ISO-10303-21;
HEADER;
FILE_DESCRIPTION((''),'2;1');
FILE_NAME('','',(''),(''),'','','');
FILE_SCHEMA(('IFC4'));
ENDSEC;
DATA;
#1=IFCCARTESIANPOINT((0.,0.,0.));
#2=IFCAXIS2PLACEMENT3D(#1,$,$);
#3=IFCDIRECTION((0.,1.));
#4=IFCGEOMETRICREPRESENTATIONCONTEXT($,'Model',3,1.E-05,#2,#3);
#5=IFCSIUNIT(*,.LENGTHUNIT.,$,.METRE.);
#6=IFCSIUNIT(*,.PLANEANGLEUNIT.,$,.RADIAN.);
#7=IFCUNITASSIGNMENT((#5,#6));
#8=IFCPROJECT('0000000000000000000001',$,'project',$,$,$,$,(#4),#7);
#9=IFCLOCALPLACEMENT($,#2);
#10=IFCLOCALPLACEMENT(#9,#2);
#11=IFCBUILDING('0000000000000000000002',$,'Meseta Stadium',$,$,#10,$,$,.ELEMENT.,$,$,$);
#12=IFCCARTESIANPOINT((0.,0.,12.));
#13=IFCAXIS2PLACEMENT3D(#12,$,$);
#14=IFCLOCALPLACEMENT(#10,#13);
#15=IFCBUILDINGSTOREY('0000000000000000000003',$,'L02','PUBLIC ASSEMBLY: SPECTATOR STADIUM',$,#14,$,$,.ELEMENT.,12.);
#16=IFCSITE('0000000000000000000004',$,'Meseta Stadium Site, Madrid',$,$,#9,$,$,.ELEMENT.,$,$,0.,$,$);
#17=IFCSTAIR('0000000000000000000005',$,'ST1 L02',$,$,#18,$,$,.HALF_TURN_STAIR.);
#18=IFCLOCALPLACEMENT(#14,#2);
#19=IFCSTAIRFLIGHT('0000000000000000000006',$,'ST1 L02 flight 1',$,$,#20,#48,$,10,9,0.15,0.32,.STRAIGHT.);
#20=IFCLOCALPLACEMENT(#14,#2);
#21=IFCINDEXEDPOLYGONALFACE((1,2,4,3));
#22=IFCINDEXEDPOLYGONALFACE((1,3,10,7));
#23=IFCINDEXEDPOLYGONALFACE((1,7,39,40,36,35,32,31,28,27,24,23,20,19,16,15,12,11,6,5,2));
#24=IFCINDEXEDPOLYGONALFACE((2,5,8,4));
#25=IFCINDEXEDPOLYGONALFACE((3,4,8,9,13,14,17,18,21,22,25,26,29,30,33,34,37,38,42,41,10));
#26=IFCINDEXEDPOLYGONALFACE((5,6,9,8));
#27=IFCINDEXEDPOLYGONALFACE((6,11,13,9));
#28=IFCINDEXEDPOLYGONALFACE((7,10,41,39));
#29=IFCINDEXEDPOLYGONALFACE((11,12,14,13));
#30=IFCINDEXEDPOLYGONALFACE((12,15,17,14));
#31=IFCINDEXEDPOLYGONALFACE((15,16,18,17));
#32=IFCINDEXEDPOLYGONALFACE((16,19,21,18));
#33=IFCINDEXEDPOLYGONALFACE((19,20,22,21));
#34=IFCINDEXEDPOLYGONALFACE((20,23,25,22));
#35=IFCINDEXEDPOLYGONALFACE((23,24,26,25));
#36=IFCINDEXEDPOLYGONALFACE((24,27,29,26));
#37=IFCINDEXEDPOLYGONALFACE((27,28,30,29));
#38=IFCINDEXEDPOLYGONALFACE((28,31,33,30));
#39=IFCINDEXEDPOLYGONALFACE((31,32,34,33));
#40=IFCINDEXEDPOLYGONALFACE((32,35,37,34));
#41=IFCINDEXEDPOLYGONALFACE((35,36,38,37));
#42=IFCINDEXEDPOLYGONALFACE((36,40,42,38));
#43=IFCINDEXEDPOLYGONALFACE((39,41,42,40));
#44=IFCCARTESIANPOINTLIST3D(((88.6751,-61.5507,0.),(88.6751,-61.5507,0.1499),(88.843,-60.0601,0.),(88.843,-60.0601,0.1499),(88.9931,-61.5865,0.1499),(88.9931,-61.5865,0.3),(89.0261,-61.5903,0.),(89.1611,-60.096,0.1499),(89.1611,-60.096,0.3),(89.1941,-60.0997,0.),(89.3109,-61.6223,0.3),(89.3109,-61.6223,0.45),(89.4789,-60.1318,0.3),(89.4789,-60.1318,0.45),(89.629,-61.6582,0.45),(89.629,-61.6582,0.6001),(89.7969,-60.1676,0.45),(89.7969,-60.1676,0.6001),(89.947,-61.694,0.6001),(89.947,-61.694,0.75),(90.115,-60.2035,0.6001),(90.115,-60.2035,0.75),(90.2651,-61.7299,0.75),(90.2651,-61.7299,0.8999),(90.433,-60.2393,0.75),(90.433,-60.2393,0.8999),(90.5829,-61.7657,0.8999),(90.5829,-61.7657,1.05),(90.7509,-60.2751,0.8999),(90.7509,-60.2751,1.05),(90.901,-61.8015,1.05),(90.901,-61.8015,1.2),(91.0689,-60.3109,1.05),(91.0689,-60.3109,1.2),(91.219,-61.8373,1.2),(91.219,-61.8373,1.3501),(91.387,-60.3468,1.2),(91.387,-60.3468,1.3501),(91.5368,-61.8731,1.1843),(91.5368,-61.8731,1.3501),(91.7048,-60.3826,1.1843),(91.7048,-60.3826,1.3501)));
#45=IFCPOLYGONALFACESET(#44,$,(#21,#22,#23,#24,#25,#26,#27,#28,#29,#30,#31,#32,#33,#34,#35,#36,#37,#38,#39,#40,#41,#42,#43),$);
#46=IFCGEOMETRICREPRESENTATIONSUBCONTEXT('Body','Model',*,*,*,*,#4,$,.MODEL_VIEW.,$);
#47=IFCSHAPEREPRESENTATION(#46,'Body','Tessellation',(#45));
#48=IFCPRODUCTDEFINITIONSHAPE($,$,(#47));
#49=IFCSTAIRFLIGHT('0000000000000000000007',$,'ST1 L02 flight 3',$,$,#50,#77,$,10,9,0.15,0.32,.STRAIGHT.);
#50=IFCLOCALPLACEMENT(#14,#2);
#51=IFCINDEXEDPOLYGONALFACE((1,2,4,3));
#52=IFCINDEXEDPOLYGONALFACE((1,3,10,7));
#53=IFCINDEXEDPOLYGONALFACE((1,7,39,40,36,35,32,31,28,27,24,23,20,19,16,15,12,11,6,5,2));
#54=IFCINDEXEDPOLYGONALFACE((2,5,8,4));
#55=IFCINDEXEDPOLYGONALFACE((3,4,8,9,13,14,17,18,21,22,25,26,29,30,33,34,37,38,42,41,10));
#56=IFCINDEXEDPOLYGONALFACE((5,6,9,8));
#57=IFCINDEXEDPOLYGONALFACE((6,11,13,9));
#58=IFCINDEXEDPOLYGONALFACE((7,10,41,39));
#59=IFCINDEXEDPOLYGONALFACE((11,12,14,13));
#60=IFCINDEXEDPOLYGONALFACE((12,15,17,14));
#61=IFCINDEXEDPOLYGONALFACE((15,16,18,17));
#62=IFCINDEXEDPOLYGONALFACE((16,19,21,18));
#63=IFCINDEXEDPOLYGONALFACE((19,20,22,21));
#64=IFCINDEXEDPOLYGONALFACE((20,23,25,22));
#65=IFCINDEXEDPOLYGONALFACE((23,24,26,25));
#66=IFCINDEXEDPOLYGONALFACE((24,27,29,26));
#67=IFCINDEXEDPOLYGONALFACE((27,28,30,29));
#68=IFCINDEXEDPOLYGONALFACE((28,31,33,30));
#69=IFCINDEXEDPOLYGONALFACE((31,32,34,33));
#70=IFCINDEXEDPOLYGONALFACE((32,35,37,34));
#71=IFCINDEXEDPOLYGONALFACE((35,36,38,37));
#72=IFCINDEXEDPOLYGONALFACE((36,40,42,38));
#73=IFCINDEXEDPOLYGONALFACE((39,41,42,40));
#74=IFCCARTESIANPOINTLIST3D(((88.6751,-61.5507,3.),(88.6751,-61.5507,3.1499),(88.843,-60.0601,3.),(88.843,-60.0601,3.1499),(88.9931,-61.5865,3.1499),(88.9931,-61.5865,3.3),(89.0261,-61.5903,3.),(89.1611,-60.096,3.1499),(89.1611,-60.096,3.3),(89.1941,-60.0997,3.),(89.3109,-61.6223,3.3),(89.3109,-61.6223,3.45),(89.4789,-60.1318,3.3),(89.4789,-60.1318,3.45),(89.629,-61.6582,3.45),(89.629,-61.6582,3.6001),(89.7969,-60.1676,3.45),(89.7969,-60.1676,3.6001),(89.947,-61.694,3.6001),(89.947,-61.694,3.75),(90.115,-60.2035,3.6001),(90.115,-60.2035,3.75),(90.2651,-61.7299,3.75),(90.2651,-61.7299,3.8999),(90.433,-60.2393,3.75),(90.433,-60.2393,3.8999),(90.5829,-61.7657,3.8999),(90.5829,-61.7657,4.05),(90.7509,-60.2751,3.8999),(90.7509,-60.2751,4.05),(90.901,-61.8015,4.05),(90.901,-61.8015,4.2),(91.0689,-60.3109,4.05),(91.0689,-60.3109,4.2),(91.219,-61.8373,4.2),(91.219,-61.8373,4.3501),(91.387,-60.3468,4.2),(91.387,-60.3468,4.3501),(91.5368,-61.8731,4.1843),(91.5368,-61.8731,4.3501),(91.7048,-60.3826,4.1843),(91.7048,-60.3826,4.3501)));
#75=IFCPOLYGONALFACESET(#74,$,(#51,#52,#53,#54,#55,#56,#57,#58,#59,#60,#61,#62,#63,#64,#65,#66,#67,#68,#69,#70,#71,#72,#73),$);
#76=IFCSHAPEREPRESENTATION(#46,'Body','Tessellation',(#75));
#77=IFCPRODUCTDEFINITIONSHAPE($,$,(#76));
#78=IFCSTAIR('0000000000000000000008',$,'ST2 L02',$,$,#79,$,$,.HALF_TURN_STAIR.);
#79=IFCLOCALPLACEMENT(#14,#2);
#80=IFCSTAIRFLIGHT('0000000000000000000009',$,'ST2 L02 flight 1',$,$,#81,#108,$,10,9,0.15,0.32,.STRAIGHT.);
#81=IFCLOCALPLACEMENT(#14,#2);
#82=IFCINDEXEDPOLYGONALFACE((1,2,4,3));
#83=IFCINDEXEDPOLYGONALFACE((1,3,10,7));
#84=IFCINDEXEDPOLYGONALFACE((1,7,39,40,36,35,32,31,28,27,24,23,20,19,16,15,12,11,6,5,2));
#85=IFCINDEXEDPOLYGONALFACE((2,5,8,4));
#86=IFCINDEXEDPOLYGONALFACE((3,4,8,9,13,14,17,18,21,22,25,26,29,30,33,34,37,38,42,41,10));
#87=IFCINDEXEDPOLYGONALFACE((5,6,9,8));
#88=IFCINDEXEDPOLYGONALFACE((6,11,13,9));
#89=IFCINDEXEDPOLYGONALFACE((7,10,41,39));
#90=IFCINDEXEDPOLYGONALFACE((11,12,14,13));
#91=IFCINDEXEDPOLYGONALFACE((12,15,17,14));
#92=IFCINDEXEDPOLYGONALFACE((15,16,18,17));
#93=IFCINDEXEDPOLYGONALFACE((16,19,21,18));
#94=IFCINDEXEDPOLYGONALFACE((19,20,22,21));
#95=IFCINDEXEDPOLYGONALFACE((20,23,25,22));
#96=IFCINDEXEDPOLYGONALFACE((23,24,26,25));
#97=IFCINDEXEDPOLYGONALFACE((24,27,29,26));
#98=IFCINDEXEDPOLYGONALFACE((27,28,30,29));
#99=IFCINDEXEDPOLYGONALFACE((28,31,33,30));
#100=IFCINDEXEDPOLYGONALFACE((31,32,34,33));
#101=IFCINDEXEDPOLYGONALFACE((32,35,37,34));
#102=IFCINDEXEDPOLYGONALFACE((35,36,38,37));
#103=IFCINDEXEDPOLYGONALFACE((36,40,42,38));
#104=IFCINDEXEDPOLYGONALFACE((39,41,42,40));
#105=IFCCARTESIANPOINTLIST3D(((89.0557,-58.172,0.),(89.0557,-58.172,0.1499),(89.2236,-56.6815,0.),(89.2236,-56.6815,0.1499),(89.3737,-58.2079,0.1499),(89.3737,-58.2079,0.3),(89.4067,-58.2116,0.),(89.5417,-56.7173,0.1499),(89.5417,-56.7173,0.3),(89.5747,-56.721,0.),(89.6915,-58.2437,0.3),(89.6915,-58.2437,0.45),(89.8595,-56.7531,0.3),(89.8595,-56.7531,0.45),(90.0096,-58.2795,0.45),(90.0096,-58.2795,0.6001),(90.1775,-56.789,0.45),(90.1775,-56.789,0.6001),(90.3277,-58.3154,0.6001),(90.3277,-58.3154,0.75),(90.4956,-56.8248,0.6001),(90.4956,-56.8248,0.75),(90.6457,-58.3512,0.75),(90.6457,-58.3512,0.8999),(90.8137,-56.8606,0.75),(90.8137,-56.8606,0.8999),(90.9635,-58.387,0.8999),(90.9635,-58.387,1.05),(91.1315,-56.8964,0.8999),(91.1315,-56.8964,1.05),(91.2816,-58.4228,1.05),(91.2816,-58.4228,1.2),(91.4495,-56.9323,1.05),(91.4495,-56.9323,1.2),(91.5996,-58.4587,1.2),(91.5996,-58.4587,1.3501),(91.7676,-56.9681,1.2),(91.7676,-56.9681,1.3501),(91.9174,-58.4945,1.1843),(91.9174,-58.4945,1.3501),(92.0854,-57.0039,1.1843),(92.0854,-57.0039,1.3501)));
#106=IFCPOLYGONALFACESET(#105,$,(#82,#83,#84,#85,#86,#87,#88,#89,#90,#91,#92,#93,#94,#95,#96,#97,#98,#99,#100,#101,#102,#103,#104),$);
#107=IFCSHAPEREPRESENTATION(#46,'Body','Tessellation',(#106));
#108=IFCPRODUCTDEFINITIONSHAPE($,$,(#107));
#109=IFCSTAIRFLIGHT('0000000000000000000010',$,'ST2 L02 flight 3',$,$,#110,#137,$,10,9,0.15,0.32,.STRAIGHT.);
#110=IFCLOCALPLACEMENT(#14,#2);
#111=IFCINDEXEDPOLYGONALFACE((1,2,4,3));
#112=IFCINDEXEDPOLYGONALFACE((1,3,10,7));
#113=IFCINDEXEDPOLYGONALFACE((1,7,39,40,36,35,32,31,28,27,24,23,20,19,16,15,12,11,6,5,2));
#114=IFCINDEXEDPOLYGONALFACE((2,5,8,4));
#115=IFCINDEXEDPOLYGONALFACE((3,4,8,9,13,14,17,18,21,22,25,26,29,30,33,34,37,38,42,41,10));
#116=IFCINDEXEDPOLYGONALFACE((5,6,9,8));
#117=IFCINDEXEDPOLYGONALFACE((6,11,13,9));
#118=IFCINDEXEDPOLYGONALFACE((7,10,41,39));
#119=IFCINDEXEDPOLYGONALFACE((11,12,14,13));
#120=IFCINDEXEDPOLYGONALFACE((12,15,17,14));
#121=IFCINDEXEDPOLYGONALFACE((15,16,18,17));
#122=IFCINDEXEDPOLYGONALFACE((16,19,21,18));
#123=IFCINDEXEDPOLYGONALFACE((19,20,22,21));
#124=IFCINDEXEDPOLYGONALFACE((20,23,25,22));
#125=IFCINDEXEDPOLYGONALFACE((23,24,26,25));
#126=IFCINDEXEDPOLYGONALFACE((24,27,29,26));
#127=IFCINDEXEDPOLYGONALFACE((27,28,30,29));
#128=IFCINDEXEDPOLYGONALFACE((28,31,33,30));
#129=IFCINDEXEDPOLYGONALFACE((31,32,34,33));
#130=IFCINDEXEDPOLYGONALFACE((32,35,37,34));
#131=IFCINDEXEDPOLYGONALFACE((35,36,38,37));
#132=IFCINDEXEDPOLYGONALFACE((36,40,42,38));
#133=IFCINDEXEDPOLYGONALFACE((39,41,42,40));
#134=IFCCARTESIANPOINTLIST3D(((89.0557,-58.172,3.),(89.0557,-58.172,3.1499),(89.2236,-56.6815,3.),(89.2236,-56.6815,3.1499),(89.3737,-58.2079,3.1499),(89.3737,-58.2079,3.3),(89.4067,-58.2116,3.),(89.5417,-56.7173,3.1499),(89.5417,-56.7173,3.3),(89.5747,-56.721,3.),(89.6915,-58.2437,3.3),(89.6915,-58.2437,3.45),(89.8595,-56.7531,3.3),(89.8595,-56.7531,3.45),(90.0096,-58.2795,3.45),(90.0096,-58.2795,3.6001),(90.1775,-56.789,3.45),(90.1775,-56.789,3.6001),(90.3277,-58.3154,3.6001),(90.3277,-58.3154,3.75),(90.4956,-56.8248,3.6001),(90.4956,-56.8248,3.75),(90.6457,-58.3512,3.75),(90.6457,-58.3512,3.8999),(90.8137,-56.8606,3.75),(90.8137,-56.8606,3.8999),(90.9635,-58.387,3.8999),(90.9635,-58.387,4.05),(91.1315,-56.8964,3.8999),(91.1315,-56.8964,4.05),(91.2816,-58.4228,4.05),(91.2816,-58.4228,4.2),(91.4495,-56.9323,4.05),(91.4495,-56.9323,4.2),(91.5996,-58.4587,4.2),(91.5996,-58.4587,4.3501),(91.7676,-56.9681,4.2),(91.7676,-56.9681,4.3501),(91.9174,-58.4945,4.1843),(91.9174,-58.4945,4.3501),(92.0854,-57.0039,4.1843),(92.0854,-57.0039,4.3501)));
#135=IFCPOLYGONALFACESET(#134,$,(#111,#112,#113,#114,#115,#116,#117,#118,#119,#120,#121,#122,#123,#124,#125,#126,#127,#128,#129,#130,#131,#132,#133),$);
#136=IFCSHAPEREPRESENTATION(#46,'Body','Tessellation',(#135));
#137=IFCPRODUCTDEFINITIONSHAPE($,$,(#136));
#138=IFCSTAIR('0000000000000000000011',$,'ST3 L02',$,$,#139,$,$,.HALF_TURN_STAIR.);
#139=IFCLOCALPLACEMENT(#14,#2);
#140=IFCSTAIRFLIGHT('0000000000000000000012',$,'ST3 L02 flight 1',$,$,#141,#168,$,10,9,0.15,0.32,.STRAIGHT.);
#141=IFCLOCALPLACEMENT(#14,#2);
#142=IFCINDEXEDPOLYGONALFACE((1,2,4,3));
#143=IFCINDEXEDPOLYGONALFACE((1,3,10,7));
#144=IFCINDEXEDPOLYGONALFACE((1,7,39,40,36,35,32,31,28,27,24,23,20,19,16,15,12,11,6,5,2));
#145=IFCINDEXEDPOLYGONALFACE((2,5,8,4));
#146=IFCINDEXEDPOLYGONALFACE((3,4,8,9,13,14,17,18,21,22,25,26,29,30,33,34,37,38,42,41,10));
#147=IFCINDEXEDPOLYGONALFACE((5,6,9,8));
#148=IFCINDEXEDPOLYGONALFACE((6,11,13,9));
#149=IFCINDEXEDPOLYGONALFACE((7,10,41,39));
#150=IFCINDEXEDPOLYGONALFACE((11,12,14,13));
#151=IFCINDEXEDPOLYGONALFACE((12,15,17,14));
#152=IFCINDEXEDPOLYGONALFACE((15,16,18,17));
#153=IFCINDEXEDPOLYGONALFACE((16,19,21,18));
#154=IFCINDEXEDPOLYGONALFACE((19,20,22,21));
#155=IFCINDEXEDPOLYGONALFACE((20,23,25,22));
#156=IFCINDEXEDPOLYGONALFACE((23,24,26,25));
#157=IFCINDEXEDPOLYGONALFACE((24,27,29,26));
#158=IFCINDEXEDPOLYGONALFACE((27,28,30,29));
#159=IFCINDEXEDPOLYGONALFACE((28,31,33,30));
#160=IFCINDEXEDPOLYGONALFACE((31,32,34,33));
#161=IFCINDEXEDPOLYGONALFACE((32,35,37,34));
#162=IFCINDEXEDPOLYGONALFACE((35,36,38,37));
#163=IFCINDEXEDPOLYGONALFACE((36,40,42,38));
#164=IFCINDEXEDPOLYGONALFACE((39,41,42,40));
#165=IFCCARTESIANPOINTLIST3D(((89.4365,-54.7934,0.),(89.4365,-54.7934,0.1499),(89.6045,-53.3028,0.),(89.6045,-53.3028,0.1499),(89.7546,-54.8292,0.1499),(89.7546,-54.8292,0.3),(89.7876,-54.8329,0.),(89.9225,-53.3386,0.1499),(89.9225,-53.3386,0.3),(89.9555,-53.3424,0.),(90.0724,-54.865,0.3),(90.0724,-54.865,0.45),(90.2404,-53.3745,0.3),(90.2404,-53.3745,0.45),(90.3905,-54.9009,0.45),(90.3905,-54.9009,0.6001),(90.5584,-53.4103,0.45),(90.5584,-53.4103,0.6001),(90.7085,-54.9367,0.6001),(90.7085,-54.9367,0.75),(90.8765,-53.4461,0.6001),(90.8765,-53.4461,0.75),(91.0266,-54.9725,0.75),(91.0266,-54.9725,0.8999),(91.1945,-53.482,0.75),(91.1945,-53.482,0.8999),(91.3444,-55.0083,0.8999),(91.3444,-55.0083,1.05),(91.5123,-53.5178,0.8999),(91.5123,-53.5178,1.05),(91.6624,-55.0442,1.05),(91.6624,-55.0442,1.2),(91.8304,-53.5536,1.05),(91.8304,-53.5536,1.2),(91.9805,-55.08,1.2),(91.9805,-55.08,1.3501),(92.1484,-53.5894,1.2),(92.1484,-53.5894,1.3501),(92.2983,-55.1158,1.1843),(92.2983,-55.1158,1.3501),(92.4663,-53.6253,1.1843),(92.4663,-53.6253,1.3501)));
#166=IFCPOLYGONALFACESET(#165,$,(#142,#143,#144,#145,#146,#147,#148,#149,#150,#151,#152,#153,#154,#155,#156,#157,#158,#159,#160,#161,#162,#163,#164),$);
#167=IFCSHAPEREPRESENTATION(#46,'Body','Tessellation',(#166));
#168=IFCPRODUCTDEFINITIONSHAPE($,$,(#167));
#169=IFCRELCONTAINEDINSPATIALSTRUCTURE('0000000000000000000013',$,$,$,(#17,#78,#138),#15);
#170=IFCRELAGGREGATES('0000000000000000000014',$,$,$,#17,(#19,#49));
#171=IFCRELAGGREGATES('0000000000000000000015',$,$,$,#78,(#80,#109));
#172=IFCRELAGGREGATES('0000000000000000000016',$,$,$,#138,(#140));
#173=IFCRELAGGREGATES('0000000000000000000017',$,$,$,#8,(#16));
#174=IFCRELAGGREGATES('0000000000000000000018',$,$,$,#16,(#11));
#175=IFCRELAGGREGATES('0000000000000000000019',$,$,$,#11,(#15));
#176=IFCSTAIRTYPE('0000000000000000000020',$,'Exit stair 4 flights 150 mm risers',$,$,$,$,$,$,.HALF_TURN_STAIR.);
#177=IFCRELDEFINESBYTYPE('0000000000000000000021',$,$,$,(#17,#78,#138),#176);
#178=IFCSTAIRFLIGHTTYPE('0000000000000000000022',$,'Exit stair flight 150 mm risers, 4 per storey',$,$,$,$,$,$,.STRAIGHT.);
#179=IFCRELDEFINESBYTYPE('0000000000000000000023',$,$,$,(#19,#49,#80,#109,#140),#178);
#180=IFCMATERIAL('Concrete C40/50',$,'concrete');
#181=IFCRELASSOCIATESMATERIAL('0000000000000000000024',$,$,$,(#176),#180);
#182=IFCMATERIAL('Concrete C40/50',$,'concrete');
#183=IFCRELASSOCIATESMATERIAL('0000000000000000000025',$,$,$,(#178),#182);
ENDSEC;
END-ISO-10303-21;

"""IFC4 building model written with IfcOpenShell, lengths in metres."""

from ifc_helpers import new_model, si_unit, direction, frame, origin, place, context, subcontext, project, spatial, polyline, outline, extrude, material, type_object, element, aggregate, save


model = new_model("IFC4")

# Units and contexts
model_context = context("Model", 3, precision=1e-05, world=origin(), true_north=direction((0.0, 1.0)))
body_context = subcontext(model_context, "Body", "Model", "MODEL_VIEW")
ifc_project = project(units=[si_unit("LENGTHUNIT", "METRE"), si_unit("PLANEANGLEUNIT", "RADIAN")], contexts=[model_context])

# Site, building, storey
site_placement = place(None, origin())
site = spatial("IfcSite", under=ifc_project, at=site_placement, Name="Meseta Stadium Site, Madrid", CompositionType="ELEMENT", RefElevation=0.0)
building_placement = place(site_placement, origin())
building = spatial("IfcBuilding", under=site, at=building_placement, Name="Meseta Stadium", CompositionType="ELEMENT")
storey_placement = place(building_placement, frame((0.0, 0.0, 12.0)))
storey = spatial("IfcBuildingStorey", under=building, at=storey_placement, Name="L02", Description="PUBLIC ASSEMBLY: SPECTATOR STADIUM", CompositionType="ELEMENT", Elevation=12.0)

# Stairs, stair flights
ifc_material_1 = material(Name="Concrete C40/50", Category="concrete")
stair_type = type_object("IfcStairType", Name="Exit stair 4 flights 150 mm risers", PredefinedType="HALF_TURN_STAIR", material=ifc_material_1)
stair_1_placement = place(storey_placement, origin())
stair_1 = element("IfcStair", 1, at=stair_1_placement, inside=storey, type_object=stair_type, Name="ST1 L02", PredefinedType="HALF_TURN_STAIR")
ifc_material_2 = material(Name="Concrete C40/50", Category="concrete")
stair_flight_type = type_object("IfcStairFlightType", Name="Exit stair flight 150 mm risers, 4 per storey", PredefinedType="STRAIGHT", material=ifc_material_2)
stair_flight_1_placement = place(storey_placement, frame((88.759, -60.8054, 0.0), z_axis=(0.0, 0.0, 1.0), x_axis=(0.993712, -0.111964, 0.0)))
stair_flight_1 = element("IfcStairFlight", 2, at=stair_flight_1_placement, type_object=stair_flight_type, Name="ST1 L02 flight 1", NumberOfRisers=10, NumberOfTreads=9, PredefinedType="STRAIGHT", RiserHeight=0.15, TreadLength=0.32, context=body_context, shape_type="SweptSolid", body=[
    extrude(outline(polyline([(0.0, 0.0), (0.0, 0.1499), (0.3201, 0.1499), (0.3201, 0.3), (0.6399, 0.3), (0.6399, 0.45), (0.96, 0.45), (0.96, 0.6001), (1.28, 0.6001), (1.28, 0.75), (1.6001, 0.75), (1.6001, 0.8999), (1.9199, 0.8999), (1.9199, 1.05), (2.24, 1.05), (2.24, 1.2), (2.5601, 1.2), (2.5601, 1.3501), (2.8799, 1.3501), (2.8799, 1.1843), (0.3533, 0.0), (0.0, 0.0)])), frame((0.0, 0.75, 0.0), z_axis=(0.0, -1.0, 0.0), x_axis=(1.0, 0.0, 0.0)), (0.0, 0.0, 1.0), 1.5),
])
stair_flight_2_placement = place(storey_placement, frame((88.759, -60.8054, 3.0), z_axis=(0.0, 0.0, 1.0), x_axis=(0.993712, -0.111964, 0.0)))
stair_flight_2 = element("IfcStairFlight", 3, at=stair_flight_2_placement, type_object=stair_flight_type, Name="ST1 L02 flight 3", NumberOfRisers=10, NumberOfTreads=9, PredefinedType="STRAIGHT", RiserHeight=0.15, TreadLength=0.32, context=body_context, shape_type="SweptSolid", body=[
    extrude(outline(polyline([(0.0, 0.0), (0.0, 0.1499), (0.3201, 0.1499), (0.3201, 0.3), (0.6399, 0.3), (0.6399, 0.45), (0.96, 0.45), (0.96, 0.6001), (1.28, 0.6001), (1.28, 0.75), (1.6001, 0.75), (1.6001, 0.8999), (1.9199, 0.8999), (1.9199, 1.05), (2.24, 1.05), (2.24, 1.2), (2.5601, 1.2), (2.5601, 1.3501), (2.8799, 1.3501), (2.8799, 1.1843), (0.3533, 0.0), (0.0, 0.0)])), frame((0.0, 0.75, 0.0), z_axis=(0.0, -1.0, 0.0), x_axis=(1.0, 0.0, 0.0)), (0.0, 0.0, 1.0), 1.5),
])
aggregate(stair_1, [stair_flight_1, stair_flight_2])
stair_2_placement = place(storey_placement, origin())
stair_2 = element("IfcStair", 4, at=stair_2_placement, inside=storey, type_object=stair_type, Name="ST2 L02", PredefinedType="HALF_TURN_STAIR")
stair_flight_3_placement = place(storey_placement, frame((89.1396, -57.4268, 0.0), z_axis=(0.0, 0.0, 1.0), x_axis=(0.993712, -0.111964, 0.0)))
stair_flight_3 = element("IfcStairFlight", 5, at=stair_flight_3_placement, type_object=stair_flight_type, Name="ST2 L02 flight 1", NumberOfRisers=10, NumberOfTreads=9, PredefinedType="STRAIGHT", RiserHeight=0.15, TreadLength=0.32, context=body_context, shape_type="SweptSolid", body=[
    extrude(outline(polyline([(0.0, 0.0), (0.0, 0.1499), (0.3201, 0.1499), (0.3201, 0.3), (0.6399, 0.3), (0.6399, 0.45), (0.96, 0.45), (0.96, 0.6001), (1.28, 0.6001), (1.28, 0.75), (1.6001, 0.75), (1.6001, 0.8999), (1.9199, 0.8999), (1.9199, 1.05), (2.24, 1.05), (2.24, 1.2), (2.5601, 1.2), (2.5601, 1.3501), (2.8799, 1.3501), (2.8799, 1.1843), (0.3533, 0.0), (0.0, 0.0)])), frame((0.0, 0.75, 0.0), z_axis=(0.0, -1.0, 0.0), x_axis=(1.0, 0.0, 0.0)), (0.0, 0.0, 1.0), 1.5),
])
stair_flight_4_placement = place(storey_placement, frame((89.1396, -57.4268, 3.0), z_axis=(0.0, 0.0, 1.0), x_axis=(0.993712, -0.111964, 0.0)))
stair_flight_4 = element("IfcStairFlight", 6, at=stair_flight_4_placement, type_object=stair_flight_type, Name="ST2 L02 flight 3", NumberOfRisers=10, NumberOfTreads=9, PredefinedType="STRAIGHT", RiserHeight=0.15, TreadLength=0.32, context=body_context, shape_type="SweptSolid", body=[
    extrude(outline(polyline([(0.0, 0.0), (0.0, 0.1499), (0.3201, 0.1499), (0.3201, 0.3), (0.6399, 0.3), (0.6399, 0.45), (0.96, 0.45), (0.96, 0.6001), (1.28, 0.6001), (1.28, 0.75), (1.6001, 0.75), (1.6001, 0.8999), (1.9199, 0.8999), (1.9199, 1.05), (2.24, 1.05), (2.24, 1.2), (2.5601, 1.2), (2.5601, 1.3501), (2.8799, 1.3501), (2.8799, 1.1843), (0.3533, 0.0), (0.0, 0.0)])), frame((0.0, 0.75, 0.0), z_axis=(0.0, -1.0, 0.0), x_axis=(1.0, 0.0, 0.0)), (0.0, 0.0, 1.0), 1.5),
])
aggregate(stair_2, [stair_flight_3, stair_flight_4])
stair_3_placement = place(storey_placement, origin())
stair_3 = element("IfcStair", 7, at=stair_3_placement, inside=storey, type_object=stair_type, Name="ST3 L02", PredefinedType="HALF_TURN_STAIR")
stair_flight_5_placement = place(storey_placement, frame((89.5205, -54.0481, 0.0), z_axis=(0.0, 0.0, 1.0), x_axis=(0.993712, -0.111964, 0.0)))
stair_flight_5 = element("IfcStairFlight", 8, at=stair_flight_5_placement, type_object=stair_flight_type, Name="ST3 L02 flight 1", NumberOfRisers=10, NumberOfTreads=9, PredefinedType="STRAIGHT", RiserHeight=0.15, TreadLength=0.32, context=body_context, shape_type="SweptSolid", body=[
    extrude(outline(polyline([(0.0, 0.0), (0.0, 0.1499), (0.3201, 0.1499), (0.3201, 0.3), (0.6399, 0.3), (0.6399, 0.45), (0.96, 0.45), (0.96, 0.6001), (1.28, 0.6001), (1.28, 0.75), (1.6001, 0.75), (1.6001, 0.8999), (1.9199, 0.8999), (1.9199, 1.05), (2.24, 1.05), (2.24, 1.2), (2.5601, 1.2), (2.5601, 1.3501), (2.8799, 1.3501), (2.8799, 1.1843), (0.3533, 0.0), (0.0, 0.0)])), frame((0.0, 0.75, 0.0), z_axis=(0.0, -1.0, 0.0), x_axis=(1.0, 0.0, 0.0)), (0.0, 0.0, 1.0), 1.5),
])
aggregate(stair_3, [stair_flight_5])

save(model, "model.ifc")
